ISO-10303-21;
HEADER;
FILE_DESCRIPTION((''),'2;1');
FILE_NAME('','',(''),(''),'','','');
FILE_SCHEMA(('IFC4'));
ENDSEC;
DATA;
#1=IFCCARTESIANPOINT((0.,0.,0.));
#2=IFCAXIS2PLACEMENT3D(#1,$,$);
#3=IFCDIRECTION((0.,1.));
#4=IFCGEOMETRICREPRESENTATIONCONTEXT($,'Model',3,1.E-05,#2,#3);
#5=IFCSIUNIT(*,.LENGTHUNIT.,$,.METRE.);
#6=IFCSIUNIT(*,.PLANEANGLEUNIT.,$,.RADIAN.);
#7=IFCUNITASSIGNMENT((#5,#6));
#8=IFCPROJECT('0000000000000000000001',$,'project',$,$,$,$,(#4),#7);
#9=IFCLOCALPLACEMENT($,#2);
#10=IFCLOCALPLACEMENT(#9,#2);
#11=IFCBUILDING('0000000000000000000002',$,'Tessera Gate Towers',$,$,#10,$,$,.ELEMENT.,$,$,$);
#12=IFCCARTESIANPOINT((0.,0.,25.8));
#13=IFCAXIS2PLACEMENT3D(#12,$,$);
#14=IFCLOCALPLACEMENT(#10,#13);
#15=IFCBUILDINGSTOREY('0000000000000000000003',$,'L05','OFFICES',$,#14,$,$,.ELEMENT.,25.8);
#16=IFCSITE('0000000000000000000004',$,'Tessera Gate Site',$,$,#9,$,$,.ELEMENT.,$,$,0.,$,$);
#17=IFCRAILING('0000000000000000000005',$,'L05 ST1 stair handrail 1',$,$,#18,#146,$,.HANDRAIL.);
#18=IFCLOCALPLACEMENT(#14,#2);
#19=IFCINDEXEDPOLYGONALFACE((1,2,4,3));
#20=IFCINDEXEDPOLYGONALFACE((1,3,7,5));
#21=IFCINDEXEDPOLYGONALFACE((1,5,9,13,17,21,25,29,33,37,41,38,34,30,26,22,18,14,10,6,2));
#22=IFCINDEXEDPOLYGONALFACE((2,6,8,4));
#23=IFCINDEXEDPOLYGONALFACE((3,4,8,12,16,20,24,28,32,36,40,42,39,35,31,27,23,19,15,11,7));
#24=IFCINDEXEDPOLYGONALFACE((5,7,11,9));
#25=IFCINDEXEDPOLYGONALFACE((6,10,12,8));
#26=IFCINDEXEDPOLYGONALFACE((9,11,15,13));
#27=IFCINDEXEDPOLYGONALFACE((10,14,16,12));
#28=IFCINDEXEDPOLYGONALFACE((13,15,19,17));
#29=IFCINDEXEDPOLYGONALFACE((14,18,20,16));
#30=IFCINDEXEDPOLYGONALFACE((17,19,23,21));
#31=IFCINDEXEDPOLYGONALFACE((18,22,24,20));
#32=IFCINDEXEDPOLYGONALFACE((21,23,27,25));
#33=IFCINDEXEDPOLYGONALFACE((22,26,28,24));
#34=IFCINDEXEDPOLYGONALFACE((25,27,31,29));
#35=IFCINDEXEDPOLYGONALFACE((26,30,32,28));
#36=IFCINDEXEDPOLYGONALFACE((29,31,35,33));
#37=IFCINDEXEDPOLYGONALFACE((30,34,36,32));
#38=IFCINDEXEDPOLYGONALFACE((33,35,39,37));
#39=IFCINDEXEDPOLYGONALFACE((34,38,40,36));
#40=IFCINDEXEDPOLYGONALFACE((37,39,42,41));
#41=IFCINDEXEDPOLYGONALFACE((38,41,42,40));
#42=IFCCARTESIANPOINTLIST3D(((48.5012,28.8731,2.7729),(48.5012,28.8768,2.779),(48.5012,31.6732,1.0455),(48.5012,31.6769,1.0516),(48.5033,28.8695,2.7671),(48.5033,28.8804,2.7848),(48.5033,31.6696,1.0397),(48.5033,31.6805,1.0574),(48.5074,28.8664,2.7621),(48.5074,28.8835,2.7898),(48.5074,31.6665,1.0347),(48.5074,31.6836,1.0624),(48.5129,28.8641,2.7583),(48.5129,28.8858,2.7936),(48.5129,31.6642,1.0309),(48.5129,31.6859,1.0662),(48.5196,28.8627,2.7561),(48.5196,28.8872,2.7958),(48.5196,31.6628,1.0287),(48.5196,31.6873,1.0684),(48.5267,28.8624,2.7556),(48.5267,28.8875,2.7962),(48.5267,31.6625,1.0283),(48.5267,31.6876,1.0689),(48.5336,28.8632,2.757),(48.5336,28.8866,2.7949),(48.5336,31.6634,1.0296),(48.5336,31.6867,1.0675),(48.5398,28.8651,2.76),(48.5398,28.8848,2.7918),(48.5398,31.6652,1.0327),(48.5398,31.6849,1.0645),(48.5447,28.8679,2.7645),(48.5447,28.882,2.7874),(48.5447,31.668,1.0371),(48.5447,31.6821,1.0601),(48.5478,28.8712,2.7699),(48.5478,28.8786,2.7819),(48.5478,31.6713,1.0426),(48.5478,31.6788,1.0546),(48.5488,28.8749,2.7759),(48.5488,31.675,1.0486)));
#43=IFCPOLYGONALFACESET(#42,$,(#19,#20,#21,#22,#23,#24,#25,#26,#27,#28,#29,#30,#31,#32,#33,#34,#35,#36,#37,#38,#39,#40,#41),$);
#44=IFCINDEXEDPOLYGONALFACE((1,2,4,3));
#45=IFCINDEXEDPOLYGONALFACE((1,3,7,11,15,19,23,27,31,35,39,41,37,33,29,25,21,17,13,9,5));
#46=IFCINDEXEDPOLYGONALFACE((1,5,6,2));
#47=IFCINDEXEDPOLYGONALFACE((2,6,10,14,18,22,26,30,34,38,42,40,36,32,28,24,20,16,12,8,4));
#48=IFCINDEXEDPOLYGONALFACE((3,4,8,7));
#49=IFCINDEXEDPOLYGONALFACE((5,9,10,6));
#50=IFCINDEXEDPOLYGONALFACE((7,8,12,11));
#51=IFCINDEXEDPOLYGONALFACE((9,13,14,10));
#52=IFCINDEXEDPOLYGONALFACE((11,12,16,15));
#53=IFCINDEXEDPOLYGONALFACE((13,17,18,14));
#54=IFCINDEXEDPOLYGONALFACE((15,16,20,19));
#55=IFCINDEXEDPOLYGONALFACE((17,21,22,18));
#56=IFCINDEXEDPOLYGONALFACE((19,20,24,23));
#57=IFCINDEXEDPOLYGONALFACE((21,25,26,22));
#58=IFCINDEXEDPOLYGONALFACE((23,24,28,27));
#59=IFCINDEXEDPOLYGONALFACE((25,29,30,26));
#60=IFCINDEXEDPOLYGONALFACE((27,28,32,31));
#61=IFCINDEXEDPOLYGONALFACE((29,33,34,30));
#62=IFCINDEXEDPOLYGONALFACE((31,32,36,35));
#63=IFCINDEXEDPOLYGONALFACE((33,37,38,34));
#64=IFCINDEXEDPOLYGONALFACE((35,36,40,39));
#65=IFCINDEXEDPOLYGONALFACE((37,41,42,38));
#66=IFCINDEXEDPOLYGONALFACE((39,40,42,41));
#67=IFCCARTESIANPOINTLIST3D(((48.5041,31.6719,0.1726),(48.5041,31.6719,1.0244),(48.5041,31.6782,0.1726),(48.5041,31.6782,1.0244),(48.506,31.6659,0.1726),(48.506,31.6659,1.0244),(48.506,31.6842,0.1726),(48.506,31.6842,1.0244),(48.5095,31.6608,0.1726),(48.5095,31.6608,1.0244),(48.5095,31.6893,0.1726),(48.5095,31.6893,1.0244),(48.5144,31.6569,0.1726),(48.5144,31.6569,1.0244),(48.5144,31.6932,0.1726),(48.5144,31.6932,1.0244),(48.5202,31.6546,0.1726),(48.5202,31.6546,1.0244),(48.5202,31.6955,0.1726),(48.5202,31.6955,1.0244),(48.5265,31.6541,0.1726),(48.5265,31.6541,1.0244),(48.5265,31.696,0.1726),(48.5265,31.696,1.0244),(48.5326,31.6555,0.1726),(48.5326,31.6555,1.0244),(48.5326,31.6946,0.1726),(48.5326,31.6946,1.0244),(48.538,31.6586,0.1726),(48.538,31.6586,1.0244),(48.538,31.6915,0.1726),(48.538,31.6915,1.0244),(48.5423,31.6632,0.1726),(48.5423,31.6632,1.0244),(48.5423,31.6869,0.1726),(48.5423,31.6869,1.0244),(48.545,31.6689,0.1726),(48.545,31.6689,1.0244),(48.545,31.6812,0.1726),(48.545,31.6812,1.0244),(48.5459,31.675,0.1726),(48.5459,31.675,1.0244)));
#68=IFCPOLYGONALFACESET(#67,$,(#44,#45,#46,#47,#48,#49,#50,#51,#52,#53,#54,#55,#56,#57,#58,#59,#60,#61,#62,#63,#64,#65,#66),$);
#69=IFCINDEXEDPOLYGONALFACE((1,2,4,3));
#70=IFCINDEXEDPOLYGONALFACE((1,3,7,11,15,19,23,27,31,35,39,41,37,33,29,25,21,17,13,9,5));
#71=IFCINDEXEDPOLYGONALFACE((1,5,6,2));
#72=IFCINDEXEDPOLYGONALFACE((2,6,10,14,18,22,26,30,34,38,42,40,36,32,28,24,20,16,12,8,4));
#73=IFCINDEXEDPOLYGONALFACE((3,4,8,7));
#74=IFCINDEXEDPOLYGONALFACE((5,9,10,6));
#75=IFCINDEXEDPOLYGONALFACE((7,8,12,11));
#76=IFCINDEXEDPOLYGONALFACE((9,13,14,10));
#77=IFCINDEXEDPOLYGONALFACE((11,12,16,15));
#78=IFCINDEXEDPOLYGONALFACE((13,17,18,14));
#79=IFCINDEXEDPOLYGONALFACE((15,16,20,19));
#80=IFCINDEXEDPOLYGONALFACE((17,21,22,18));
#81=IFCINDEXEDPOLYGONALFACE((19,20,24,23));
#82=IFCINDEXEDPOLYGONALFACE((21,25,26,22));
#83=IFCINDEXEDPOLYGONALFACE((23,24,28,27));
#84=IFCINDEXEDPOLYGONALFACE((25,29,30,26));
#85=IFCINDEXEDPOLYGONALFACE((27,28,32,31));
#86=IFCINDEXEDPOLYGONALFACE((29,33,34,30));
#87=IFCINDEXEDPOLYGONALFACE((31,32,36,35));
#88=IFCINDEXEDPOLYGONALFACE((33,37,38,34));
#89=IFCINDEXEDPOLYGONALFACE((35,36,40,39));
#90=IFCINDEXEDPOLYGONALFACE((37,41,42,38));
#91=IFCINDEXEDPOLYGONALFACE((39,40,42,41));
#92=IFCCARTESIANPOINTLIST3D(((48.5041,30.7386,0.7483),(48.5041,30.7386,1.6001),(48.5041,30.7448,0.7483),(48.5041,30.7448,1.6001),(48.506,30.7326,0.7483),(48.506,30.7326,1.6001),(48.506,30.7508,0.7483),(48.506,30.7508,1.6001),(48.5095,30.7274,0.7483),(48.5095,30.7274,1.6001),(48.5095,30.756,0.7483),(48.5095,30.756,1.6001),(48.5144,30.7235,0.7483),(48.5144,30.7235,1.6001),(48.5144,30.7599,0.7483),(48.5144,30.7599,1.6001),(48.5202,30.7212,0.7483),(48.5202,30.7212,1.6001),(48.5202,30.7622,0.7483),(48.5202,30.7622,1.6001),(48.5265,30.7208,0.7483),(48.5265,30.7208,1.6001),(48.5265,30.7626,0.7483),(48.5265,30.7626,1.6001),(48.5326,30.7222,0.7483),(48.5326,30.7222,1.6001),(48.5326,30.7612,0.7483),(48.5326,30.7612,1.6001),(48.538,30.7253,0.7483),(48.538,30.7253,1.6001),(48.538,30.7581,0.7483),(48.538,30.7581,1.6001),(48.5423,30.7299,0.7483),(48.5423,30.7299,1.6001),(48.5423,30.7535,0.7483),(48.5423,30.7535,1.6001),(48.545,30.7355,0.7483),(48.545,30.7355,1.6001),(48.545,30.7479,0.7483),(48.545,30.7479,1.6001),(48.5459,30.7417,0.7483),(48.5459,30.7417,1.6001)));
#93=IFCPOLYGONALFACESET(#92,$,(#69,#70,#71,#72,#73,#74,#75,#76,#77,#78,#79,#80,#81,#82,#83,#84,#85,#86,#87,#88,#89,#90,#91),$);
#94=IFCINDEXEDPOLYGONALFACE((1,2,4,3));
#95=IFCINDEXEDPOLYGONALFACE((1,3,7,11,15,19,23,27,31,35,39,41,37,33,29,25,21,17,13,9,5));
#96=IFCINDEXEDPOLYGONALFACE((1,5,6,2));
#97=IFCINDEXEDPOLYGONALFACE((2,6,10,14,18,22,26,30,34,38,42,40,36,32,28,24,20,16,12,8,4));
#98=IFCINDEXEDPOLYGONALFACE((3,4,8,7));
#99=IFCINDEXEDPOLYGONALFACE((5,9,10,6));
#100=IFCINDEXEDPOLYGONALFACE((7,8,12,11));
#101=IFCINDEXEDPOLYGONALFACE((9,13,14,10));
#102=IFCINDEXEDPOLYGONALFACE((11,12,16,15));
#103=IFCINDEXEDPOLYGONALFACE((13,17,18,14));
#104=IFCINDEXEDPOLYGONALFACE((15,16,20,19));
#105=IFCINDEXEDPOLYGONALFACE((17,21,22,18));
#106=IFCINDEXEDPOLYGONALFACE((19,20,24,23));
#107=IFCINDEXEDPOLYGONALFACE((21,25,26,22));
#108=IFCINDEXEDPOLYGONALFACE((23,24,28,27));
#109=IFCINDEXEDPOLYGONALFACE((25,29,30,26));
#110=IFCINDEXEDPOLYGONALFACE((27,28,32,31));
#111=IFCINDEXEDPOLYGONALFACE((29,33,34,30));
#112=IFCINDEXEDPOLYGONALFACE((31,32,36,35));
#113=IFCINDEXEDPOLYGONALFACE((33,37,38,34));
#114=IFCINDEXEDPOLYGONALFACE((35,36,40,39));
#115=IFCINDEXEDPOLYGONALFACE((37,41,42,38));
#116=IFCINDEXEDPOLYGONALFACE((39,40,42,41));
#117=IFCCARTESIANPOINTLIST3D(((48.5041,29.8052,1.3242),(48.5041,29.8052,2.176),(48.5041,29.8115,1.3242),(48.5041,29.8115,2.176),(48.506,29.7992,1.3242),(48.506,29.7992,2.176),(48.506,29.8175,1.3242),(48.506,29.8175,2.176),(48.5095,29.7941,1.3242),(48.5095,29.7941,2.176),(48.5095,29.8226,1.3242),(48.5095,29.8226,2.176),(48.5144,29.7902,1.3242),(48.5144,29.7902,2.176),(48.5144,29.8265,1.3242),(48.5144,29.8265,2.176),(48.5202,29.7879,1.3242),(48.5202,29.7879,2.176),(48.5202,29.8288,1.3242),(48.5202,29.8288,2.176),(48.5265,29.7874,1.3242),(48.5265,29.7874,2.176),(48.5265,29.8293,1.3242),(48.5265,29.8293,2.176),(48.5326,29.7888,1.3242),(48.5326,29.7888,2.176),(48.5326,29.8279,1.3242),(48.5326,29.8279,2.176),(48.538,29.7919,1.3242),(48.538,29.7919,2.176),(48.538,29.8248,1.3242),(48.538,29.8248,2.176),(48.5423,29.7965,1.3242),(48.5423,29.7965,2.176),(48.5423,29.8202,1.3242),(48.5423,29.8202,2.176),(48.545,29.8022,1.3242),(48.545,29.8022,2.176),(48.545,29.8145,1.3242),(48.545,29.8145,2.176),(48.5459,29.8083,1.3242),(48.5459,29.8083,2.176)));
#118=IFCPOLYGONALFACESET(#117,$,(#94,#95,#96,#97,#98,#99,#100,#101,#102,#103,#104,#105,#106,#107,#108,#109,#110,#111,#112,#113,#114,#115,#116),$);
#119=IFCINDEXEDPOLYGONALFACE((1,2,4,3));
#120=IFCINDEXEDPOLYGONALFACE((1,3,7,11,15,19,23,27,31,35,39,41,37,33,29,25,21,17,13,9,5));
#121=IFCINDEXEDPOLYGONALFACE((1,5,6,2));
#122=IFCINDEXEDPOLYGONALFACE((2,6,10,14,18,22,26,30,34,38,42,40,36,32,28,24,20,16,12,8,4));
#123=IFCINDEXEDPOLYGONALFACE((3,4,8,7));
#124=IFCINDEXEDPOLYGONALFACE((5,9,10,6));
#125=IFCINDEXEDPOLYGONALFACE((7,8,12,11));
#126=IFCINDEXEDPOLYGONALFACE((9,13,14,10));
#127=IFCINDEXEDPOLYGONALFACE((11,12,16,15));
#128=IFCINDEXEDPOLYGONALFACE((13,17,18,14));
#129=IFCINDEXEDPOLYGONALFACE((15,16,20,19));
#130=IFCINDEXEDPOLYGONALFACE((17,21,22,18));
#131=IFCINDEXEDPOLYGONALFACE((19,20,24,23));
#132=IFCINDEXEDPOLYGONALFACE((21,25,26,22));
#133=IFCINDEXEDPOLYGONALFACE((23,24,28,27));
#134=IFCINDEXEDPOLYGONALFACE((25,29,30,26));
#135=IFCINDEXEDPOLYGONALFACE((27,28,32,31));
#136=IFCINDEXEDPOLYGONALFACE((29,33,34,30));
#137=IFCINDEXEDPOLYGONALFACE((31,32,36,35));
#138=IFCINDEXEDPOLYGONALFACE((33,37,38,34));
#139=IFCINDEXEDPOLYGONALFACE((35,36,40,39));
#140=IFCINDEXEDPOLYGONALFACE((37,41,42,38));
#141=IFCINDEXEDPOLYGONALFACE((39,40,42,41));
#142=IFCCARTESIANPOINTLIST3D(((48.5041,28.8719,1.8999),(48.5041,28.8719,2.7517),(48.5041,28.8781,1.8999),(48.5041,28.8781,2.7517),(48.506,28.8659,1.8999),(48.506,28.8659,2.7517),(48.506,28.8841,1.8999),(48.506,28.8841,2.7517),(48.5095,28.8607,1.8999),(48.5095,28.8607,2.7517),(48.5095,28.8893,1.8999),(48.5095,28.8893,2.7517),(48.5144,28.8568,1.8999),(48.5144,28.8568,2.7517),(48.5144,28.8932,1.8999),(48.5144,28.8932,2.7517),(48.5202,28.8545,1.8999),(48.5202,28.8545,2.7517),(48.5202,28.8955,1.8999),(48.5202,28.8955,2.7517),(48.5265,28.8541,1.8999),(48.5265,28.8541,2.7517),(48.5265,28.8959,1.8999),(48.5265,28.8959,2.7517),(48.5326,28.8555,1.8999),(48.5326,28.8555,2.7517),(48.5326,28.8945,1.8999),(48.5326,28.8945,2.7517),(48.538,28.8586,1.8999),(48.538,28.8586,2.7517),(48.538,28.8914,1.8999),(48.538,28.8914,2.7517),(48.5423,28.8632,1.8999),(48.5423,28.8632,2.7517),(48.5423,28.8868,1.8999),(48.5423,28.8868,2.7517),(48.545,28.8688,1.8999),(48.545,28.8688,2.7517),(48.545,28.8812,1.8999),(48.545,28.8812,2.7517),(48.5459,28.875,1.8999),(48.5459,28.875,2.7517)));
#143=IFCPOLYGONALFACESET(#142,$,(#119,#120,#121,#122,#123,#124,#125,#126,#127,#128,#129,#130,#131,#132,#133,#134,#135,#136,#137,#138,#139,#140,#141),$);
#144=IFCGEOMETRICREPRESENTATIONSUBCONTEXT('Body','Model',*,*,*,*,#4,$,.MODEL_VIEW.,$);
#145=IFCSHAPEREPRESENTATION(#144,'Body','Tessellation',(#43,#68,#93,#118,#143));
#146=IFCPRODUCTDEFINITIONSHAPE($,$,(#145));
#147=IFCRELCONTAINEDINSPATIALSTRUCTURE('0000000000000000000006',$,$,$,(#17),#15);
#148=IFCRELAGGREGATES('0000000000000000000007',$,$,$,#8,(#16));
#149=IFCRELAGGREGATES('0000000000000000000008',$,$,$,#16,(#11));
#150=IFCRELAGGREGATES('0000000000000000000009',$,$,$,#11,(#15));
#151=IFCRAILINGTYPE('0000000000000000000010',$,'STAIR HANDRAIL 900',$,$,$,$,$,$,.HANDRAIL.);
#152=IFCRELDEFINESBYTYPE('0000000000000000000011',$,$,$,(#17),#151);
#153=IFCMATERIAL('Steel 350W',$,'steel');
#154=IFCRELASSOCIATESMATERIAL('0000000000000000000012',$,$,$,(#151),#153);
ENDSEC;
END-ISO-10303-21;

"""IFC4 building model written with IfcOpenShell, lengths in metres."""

from ifc_helpers import new_model, si_unit, direction, frame, origin, origin_2d, place, context, subcontext, project, spatial, circle, extrude, material, type_object, element, save


model = new_model("IFC4")

# Units and contexts
model_context = context("Model", 3, precision=1e-05, world=origin(), true_north=direction((0.0, 1.0)))
body_context = subcontext(model_context, "Body", "Model", "MODEL_VIEW")
ifc_project = project(units=[si_unit("LENGTHUNIT", "METRE"), si_unit("PLANEANGLEUNIT", "RADIAN")], contexts=[model_context])

# Site, building, storey
site_placement = place(None, origin())
site = spatial("IfcSite", under=ifc_project, at=site_placement, Name="Tessera Gate Site", CompositionType="ELEMENT", RefElevation=0.0)
building_placement = place(site_placement, origin())
building = spatial("IfcBuilding", under=site, at=building_placement, Name="Tessera Gate Towers", CompositionType="ELEMENT")
storey_placement = place(building_placement, frame((0.0, 0.0, 25.8)))
storey = spatial("IfcBuildingStorey", under=building, at=storey_placement, Name="L05", Description="OFFICES", CompositionType="ELEMENT", Elevation=25.8)

# Railing
ifc_material_1 = material(Name="Steel 350W", Category="steel")
railing_type = type_object("IfcRailingType", Name="STAIR HANDRAIL 900", PredefinedType="HANDRAIL", material=ifc_material_1)
railing_placement = place(storey_placement, frame((48.5249, 31.675, 0.1726)))
element("IfcRailing", 1, at=railing_placement, inside=storey, type_object=railing_type, Name="L05 ST1 stair handrail 1", PredefinedType="HANDRAIL", context=body_context, shape_type="SweptSolid", body=[
    extrude(circle(Radius=0.0239, at=origin_2d()), frame((0.0, 0.0, 0.876), z_axis=(0.0, -0.85109, 0.52502), x_axis=(1.0, 0.0, 0.0)), (0.0, 0.0, 1.0), 3.29),
    extrude(circle(Radius=0.021, at=origin_2d()), origin(), (0.0, 0.0, 1.0), 0.8518),
    extrude(circle(Radius=0.021, at=origin_2d()), frame((0.0, -0.9333, 0.5757)), (0.0, 0.0, 1.0), 0.8518),
    extrude(circle(Radius=0.021, at=origin_2d()), frame((0.0, -1.8667, 1.1516)), (0.0, 0.0, 1.0), 0.8518),
    extrude(circle(Radius=0.021, at=origin_2d()), frame((0.0, -2.8, 1.7273)), (0.0, 0.0, 1.0), 0.8518),
])

save(model, "model.ifc")
